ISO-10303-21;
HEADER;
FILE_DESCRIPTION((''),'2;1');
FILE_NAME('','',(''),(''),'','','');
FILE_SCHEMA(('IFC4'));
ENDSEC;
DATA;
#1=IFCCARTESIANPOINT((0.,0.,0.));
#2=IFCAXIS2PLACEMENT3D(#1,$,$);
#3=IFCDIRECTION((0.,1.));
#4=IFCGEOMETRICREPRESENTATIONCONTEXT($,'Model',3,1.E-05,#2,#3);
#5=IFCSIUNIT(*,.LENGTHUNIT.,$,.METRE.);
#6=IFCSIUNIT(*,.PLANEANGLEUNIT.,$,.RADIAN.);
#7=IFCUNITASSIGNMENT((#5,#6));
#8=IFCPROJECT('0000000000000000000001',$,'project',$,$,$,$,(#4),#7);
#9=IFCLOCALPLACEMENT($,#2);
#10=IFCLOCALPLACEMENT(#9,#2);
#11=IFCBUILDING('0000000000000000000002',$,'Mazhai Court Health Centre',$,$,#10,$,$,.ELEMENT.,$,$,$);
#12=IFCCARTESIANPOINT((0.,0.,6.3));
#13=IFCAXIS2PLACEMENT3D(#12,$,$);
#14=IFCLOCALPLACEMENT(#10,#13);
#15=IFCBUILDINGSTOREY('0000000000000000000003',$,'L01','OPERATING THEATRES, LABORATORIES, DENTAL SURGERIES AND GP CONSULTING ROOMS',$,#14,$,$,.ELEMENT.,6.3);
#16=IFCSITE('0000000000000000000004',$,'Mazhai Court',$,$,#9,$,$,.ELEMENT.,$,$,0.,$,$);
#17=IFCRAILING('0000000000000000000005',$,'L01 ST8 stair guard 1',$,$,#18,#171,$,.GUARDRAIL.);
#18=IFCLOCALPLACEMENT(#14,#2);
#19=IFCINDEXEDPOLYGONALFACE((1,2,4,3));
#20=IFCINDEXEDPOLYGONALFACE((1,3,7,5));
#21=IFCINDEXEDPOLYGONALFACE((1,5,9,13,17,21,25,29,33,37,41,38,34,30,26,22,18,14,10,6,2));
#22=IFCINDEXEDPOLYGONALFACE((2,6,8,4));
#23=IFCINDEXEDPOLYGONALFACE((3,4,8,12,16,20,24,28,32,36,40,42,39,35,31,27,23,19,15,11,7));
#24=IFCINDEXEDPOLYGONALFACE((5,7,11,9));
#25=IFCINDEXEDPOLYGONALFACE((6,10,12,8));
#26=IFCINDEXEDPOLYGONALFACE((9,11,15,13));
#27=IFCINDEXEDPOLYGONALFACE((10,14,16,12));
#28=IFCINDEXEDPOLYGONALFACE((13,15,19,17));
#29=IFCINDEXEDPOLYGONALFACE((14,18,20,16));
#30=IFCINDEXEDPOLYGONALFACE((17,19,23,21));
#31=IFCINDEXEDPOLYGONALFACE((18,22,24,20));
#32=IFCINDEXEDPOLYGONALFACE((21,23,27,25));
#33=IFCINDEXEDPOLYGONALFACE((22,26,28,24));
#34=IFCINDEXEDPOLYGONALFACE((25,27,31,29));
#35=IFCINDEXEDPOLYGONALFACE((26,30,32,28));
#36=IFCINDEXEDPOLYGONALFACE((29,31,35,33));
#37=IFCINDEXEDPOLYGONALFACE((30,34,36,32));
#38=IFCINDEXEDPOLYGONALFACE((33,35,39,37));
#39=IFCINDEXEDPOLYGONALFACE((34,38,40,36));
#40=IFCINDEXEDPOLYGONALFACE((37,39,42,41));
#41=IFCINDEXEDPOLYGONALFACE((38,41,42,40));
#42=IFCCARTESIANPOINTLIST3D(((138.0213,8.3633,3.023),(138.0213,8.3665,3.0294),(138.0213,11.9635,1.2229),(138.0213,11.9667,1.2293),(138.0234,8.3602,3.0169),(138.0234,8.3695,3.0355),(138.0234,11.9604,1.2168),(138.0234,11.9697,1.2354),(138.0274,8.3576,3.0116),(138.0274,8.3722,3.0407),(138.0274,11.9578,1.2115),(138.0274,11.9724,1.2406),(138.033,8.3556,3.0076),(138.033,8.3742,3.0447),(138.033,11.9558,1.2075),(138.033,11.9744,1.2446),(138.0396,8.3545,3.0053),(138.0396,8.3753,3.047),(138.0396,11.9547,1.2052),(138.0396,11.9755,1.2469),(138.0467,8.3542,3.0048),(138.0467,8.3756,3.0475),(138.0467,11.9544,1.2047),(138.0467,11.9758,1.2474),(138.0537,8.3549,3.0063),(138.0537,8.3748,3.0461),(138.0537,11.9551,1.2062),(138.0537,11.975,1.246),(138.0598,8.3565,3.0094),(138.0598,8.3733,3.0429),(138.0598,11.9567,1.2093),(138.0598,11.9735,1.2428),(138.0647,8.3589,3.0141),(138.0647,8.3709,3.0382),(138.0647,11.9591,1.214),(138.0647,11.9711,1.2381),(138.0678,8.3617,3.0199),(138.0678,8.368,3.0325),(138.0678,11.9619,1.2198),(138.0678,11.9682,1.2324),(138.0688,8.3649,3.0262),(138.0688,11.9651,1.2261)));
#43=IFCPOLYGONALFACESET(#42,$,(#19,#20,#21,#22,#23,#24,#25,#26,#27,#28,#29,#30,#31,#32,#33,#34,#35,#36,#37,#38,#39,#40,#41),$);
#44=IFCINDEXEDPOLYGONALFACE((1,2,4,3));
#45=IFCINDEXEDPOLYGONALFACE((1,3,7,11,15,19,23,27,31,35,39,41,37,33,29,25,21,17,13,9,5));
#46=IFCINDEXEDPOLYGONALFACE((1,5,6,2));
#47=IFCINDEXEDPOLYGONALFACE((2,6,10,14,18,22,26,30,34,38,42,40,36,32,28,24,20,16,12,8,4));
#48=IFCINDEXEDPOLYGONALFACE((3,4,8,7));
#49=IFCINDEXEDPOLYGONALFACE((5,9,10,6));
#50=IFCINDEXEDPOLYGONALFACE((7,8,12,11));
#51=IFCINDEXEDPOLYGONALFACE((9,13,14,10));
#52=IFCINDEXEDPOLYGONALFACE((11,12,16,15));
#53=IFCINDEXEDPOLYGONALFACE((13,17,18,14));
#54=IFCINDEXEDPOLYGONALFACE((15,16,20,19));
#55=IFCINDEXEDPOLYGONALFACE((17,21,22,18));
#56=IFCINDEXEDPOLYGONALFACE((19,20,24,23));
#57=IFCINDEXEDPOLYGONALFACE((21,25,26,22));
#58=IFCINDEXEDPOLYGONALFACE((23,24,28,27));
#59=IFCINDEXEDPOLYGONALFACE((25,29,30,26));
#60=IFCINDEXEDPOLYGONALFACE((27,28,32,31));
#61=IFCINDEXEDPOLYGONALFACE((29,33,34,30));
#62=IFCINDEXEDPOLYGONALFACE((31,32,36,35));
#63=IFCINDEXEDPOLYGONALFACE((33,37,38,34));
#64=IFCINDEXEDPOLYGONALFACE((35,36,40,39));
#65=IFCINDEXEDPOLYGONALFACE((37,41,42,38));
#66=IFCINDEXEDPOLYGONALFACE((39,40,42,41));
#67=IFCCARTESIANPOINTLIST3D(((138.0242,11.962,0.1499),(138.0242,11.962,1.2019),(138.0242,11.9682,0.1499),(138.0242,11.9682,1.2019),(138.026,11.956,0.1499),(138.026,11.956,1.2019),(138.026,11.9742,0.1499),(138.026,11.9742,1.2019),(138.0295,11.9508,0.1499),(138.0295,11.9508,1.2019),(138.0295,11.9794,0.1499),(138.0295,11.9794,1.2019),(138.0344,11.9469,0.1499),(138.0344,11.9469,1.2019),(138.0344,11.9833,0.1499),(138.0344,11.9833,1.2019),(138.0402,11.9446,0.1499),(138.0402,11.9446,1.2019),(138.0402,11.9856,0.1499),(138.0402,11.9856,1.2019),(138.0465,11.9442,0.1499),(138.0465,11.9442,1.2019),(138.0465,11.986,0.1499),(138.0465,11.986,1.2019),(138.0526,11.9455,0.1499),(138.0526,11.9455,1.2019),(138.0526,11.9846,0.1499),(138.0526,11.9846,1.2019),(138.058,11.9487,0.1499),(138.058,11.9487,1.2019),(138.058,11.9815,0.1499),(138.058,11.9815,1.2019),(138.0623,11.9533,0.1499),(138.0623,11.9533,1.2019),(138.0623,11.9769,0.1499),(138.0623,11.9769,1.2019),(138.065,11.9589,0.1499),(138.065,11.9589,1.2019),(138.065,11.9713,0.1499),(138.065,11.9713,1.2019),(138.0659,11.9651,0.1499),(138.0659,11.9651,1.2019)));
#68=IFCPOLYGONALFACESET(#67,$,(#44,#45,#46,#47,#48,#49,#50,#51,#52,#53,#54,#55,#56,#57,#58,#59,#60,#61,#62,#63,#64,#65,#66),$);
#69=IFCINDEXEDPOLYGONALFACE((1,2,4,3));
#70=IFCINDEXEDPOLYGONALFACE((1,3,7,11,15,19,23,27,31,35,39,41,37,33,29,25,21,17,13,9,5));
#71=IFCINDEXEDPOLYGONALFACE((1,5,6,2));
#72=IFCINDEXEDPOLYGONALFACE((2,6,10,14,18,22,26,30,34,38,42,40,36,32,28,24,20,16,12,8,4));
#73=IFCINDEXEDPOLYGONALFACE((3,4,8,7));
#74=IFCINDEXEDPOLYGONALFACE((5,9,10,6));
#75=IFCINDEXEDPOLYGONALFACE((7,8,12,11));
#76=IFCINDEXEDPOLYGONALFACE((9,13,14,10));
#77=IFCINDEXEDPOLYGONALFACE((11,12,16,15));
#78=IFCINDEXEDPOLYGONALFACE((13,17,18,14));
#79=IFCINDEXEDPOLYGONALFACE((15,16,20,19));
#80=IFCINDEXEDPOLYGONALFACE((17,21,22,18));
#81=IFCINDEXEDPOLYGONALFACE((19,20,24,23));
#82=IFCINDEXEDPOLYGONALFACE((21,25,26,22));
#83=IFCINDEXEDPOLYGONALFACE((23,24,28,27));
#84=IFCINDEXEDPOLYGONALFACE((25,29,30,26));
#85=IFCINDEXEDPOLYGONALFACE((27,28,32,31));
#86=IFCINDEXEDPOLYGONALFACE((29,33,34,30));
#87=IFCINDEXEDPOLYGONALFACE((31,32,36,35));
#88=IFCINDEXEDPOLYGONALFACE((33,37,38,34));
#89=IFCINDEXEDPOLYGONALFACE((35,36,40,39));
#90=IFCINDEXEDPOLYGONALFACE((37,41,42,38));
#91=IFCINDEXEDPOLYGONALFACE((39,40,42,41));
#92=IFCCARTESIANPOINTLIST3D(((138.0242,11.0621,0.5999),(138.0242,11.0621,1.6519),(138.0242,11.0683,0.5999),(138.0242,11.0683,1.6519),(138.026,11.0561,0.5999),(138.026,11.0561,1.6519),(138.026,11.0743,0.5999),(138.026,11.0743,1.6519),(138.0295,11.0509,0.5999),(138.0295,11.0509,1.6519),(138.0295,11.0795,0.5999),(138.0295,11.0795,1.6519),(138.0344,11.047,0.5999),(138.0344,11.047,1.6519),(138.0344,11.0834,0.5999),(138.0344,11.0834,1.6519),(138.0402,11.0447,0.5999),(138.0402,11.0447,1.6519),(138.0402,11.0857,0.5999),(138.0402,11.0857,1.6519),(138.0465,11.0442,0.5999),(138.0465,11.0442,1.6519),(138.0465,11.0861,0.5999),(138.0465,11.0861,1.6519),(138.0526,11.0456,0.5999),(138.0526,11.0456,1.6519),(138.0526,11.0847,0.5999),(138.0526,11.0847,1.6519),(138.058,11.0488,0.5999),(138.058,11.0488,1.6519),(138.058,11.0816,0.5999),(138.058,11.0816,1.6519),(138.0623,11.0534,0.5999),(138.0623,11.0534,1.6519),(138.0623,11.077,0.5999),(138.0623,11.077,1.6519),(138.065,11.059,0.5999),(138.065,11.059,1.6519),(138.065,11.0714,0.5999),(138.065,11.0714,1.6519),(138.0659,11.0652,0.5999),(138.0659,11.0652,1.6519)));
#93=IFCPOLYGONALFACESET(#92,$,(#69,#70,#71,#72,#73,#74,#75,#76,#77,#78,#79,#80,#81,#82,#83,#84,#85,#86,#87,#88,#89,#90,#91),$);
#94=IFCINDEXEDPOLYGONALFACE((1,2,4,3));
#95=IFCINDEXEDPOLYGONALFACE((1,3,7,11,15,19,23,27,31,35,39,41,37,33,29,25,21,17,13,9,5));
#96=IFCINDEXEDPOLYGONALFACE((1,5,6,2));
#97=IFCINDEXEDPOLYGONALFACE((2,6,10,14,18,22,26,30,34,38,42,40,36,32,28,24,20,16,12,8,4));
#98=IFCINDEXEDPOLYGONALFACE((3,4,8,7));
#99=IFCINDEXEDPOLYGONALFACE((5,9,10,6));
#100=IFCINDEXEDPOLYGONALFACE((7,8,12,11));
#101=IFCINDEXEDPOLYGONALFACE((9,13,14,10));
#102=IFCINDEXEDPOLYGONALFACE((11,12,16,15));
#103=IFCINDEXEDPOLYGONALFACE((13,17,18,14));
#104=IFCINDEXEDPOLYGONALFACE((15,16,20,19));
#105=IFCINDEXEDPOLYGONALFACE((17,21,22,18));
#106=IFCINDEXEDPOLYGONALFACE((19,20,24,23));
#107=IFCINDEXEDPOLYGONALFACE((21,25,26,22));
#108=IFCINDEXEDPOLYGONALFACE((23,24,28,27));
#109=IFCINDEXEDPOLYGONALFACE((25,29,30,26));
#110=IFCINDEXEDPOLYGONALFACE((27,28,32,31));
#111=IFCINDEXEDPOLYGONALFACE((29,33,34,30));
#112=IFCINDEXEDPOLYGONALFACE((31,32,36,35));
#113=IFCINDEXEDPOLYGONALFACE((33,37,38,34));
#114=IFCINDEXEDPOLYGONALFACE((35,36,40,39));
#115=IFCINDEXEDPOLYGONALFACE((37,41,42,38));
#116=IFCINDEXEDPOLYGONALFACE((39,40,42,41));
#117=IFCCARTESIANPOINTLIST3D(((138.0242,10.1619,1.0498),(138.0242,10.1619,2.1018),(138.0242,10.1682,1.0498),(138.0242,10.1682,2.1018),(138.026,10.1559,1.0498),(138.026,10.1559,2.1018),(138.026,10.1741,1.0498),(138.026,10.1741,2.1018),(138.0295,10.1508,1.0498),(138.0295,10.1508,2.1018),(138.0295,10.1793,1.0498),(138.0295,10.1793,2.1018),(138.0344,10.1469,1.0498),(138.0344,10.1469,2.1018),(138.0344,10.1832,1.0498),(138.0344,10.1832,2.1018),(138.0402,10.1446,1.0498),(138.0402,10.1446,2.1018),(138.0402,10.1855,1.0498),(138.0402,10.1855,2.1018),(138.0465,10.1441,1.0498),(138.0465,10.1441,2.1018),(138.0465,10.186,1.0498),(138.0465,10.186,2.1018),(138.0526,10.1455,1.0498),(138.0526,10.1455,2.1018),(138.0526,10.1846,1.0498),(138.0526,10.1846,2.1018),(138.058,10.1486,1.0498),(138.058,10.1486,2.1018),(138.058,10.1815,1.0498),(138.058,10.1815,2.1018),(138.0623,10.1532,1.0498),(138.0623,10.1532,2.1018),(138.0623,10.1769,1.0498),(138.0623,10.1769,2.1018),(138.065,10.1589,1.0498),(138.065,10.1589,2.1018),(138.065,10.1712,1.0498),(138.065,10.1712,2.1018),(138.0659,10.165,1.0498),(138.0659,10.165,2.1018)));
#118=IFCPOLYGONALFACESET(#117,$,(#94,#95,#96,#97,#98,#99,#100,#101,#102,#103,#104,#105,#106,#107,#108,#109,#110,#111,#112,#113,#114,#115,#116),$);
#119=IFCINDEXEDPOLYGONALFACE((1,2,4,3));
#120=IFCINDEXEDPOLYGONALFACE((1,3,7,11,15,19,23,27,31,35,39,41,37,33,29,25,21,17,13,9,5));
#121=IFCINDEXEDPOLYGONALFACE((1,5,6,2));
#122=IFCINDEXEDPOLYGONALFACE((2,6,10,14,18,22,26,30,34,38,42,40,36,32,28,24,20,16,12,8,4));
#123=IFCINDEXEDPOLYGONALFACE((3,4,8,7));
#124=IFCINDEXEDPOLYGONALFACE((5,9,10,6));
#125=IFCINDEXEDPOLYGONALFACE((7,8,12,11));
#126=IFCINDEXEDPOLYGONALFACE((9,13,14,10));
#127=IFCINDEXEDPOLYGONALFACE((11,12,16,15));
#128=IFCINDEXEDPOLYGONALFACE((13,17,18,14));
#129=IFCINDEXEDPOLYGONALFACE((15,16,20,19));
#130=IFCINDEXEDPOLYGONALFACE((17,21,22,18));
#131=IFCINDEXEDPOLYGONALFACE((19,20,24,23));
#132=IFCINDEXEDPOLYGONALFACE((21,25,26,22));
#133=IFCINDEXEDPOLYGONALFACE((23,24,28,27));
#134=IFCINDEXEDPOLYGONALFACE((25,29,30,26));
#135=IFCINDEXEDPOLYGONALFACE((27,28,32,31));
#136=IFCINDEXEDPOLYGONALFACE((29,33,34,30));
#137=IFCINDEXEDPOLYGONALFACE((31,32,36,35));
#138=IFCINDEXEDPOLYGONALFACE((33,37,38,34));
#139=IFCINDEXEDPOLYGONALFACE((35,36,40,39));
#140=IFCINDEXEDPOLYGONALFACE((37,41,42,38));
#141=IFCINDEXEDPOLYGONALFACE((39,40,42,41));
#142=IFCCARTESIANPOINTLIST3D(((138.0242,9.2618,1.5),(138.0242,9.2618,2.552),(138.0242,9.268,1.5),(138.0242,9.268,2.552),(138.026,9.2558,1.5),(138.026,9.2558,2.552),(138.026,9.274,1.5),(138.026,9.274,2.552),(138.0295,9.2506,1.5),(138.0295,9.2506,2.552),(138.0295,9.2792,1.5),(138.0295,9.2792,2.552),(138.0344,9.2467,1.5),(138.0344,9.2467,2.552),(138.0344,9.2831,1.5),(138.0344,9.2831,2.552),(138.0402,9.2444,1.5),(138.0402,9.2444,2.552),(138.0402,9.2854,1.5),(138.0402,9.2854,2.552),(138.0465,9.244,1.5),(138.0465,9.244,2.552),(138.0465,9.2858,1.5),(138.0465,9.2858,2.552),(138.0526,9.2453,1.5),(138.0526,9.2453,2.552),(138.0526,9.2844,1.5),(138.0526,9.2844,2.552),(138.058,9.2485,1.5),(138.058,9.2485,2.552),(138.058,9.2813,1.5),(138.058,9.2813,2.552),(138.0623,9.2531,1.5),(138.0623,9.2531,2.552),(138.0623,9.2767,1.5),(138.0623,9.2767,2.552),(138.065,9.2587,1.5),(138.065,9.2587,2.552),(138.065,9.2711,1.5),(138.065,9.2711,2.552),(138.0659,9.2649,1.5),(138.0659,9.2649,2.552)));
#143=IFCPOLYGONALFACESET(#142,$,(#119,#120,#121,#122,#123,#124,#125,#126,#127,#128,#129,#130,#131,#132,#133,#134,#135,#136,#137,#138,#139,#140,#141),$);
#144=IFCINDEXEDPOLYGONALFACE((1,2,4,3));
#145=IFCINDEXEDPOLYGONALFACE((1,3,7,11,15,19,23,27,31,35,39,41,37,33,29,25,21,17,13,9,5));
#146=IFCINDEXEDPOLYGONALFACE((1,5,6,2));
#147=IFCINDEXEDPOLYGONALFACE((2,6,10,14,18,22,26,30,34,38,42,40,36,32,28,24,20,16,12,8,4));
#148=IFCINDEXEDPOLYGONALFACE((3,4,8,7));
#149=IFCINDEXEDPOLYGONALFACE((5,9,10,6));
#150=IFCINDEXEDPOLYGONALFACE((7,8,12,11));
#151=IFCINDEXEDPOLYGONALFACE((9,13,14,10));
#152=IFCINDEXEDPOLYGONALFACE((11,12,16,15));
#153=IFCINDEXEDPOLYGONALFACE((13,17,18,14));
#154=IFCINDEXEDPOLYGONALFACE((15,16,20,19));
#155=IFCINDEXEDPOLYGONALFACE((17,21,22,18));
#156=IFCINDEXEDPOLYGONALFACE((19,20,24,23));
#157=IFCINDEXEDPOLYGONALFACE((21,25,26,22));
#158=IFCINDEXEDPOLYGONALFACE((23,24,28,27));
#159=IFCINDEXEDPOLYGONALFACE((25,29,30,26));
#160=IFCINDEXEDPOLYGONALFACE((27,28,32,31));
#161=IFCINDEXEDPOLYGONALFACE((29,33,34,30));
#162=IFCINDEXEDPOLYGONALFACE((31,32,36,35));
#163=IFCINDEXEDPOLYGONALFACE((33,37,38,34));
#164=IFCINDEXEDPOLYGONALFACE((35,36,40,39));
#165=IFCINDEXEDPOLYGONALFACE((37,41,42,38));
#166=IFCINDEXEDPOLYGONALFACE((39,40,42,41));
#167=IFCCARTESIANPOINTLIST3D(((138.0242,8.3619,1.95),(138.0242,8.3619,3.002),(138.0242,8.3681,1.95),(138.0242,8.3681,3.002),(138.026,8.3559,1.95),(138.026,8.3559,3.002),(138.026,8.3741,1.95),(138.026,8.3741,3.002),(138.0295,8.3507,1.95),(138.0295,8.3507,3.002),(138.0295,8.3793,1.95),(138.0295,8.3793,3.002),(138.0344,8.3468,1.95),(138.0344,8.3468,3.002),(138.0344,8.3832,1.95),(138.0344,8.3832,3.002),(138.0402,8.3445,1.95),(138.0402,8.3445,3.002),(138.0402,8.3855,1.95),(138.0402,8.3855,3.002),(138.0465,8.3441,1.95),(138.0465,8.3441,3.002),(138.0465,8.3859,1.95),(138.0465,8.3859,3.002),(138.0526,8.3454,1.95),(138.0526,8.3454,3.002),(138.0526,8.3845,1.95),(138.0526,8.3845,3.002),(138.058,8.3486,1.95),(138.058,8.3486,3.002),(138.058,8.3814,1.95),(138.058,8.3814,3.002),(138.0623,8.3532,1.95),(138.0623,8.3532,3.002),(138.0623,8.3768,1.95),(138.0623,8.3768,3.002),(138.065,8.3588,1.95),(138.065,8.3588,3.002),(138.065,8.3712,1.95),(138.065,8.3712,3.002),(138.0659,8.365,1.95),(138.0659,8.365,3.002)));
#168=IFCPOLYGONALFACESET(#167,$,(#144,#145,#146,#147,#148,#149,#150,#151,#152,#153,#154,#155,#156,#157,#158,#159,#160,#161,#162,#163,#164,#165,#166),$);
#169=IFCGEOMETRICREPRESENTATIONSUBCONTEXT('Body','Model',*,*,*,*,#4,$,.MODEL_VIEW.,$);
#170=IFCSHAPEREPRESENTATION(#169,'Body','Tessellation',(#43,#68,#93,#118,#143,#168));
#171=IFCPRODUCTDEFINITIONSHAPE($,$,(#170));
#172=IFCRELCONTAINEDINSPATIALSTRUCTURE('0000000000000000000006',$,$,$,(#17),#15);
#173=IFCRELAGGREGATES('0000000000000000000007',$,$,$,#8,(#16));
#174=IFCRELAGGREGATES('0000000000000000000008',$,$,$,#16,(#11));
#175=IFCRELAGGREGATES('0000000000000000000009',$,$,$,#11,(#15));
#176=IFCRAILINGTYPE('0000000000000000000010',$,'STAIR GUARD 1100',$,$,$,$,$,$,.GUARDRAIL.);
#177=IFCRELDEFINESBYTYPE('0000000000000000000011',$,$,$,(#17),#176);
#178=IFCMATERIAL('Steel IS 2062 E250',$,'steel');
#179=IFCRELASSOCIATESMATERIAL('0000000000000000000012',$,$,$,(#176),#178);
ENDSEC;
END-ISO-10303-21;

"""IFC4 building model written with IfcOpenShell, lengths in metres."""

from ifc_helpers import new_model, si_unit, direction, frame, origin, origin_2d, place, context, subcontext, project, spatial, circle, extrude, material, type_object, element, save


model = new_model("IFC4")

# Units and contexts
model_context = context("Model", 3, precision=1e-05, world=origin(), true_north=direction((0.0, 1.0)))
body_context = subcontext(model_context, "Body", "Model", "MODEL_VIEW")
ifc_project = project(units=[si_unit("LENGTHUNIT", "METRE"), si_unit("PLANEANGLEUNIT", "RADIAN")], contexts=[model_context])

# Site, building, storey
site_placement = place(None, origin())
site = spatial("IfcSite", under=ifc_project, at=site_placement, Name="Mazhai Court", CompositionType="ELEMENT", RefElevation=0.0)
building_placement = place(site_placement, origin())
building = spatial("IfcBuilding", under=site, at=building_placement, Name="Mazhai Court Health Centre", CompositionType="ELEMENT")
storey_placement = place(building_placement, frame((0.0, 0.0, 6.3)))
storey = spatial("IfcBuildingStorey", under=building, at=storey_placement, Name="L01", Description="OPERATING THEATRES, LABORATORIES, DENTAL SURGERIES AND GP CONSULTING ROOMS", CompositionType="ELEMENT", Elevation=6.3)

# Railing
ifc_material_1 = material(Name="Steel IS 2062 E250", Category="steel")
railing_type_1 = type_object("IfcRailingType", Name="STAIR GUARD 1100", PredefinedType="GUARDRAIL", material=ifc_material_1)
railing_1_placement = place(storey_placement, frame((138.0449, 11.9651, 0.1499)))
element("IfcRailing", 1, at=railing_1_placement, inside=storey, type_object=railing_type_1, Name="L01 ST8 stair guard 1", PredefinedType="GUARDRAIL", context=body_context, shape_type="SweptSolid", body=[
    extrude(circle(Radius=0.0239, at=origin_2d()), frame((0.0, 0.0, 1.0762), z_axis=(0.0, -0.894427, 0.447214), x_axis=(1.0, 0.0, 0.0)), (0.0, 0.0, 1.0), 4.0251),
    extrude(circle(Radius=0.021, at=origin_2d()), origin(), (0.0, 0.0, 1.0), 1.052),
    extrude(circle(Radius=0.021, at=origin_2d()), frame((0.0, -0.8999, 0.45)), (0.0, 0.0, 1.0), 1.052),
    extrude(circle(Radius=0.021, at=origin_2d()), frame((0.0, -1.8, 0.8999)), (0.0, 0.0, 1.0), 1.052),
    extrude(circle(Radius=0.021, at=origin_2d()), frame((0.0, -2.7002, 1.3501)), (0.0, 0.0, 1.0), 1.052),
    extrude(circle(Radius=0.021, at=origin_2d()), frame((0.0, -3.6001, 1.8)), (0.0, 0.0, 1.0), 1.052),
])

save(model, "model.ifc")
